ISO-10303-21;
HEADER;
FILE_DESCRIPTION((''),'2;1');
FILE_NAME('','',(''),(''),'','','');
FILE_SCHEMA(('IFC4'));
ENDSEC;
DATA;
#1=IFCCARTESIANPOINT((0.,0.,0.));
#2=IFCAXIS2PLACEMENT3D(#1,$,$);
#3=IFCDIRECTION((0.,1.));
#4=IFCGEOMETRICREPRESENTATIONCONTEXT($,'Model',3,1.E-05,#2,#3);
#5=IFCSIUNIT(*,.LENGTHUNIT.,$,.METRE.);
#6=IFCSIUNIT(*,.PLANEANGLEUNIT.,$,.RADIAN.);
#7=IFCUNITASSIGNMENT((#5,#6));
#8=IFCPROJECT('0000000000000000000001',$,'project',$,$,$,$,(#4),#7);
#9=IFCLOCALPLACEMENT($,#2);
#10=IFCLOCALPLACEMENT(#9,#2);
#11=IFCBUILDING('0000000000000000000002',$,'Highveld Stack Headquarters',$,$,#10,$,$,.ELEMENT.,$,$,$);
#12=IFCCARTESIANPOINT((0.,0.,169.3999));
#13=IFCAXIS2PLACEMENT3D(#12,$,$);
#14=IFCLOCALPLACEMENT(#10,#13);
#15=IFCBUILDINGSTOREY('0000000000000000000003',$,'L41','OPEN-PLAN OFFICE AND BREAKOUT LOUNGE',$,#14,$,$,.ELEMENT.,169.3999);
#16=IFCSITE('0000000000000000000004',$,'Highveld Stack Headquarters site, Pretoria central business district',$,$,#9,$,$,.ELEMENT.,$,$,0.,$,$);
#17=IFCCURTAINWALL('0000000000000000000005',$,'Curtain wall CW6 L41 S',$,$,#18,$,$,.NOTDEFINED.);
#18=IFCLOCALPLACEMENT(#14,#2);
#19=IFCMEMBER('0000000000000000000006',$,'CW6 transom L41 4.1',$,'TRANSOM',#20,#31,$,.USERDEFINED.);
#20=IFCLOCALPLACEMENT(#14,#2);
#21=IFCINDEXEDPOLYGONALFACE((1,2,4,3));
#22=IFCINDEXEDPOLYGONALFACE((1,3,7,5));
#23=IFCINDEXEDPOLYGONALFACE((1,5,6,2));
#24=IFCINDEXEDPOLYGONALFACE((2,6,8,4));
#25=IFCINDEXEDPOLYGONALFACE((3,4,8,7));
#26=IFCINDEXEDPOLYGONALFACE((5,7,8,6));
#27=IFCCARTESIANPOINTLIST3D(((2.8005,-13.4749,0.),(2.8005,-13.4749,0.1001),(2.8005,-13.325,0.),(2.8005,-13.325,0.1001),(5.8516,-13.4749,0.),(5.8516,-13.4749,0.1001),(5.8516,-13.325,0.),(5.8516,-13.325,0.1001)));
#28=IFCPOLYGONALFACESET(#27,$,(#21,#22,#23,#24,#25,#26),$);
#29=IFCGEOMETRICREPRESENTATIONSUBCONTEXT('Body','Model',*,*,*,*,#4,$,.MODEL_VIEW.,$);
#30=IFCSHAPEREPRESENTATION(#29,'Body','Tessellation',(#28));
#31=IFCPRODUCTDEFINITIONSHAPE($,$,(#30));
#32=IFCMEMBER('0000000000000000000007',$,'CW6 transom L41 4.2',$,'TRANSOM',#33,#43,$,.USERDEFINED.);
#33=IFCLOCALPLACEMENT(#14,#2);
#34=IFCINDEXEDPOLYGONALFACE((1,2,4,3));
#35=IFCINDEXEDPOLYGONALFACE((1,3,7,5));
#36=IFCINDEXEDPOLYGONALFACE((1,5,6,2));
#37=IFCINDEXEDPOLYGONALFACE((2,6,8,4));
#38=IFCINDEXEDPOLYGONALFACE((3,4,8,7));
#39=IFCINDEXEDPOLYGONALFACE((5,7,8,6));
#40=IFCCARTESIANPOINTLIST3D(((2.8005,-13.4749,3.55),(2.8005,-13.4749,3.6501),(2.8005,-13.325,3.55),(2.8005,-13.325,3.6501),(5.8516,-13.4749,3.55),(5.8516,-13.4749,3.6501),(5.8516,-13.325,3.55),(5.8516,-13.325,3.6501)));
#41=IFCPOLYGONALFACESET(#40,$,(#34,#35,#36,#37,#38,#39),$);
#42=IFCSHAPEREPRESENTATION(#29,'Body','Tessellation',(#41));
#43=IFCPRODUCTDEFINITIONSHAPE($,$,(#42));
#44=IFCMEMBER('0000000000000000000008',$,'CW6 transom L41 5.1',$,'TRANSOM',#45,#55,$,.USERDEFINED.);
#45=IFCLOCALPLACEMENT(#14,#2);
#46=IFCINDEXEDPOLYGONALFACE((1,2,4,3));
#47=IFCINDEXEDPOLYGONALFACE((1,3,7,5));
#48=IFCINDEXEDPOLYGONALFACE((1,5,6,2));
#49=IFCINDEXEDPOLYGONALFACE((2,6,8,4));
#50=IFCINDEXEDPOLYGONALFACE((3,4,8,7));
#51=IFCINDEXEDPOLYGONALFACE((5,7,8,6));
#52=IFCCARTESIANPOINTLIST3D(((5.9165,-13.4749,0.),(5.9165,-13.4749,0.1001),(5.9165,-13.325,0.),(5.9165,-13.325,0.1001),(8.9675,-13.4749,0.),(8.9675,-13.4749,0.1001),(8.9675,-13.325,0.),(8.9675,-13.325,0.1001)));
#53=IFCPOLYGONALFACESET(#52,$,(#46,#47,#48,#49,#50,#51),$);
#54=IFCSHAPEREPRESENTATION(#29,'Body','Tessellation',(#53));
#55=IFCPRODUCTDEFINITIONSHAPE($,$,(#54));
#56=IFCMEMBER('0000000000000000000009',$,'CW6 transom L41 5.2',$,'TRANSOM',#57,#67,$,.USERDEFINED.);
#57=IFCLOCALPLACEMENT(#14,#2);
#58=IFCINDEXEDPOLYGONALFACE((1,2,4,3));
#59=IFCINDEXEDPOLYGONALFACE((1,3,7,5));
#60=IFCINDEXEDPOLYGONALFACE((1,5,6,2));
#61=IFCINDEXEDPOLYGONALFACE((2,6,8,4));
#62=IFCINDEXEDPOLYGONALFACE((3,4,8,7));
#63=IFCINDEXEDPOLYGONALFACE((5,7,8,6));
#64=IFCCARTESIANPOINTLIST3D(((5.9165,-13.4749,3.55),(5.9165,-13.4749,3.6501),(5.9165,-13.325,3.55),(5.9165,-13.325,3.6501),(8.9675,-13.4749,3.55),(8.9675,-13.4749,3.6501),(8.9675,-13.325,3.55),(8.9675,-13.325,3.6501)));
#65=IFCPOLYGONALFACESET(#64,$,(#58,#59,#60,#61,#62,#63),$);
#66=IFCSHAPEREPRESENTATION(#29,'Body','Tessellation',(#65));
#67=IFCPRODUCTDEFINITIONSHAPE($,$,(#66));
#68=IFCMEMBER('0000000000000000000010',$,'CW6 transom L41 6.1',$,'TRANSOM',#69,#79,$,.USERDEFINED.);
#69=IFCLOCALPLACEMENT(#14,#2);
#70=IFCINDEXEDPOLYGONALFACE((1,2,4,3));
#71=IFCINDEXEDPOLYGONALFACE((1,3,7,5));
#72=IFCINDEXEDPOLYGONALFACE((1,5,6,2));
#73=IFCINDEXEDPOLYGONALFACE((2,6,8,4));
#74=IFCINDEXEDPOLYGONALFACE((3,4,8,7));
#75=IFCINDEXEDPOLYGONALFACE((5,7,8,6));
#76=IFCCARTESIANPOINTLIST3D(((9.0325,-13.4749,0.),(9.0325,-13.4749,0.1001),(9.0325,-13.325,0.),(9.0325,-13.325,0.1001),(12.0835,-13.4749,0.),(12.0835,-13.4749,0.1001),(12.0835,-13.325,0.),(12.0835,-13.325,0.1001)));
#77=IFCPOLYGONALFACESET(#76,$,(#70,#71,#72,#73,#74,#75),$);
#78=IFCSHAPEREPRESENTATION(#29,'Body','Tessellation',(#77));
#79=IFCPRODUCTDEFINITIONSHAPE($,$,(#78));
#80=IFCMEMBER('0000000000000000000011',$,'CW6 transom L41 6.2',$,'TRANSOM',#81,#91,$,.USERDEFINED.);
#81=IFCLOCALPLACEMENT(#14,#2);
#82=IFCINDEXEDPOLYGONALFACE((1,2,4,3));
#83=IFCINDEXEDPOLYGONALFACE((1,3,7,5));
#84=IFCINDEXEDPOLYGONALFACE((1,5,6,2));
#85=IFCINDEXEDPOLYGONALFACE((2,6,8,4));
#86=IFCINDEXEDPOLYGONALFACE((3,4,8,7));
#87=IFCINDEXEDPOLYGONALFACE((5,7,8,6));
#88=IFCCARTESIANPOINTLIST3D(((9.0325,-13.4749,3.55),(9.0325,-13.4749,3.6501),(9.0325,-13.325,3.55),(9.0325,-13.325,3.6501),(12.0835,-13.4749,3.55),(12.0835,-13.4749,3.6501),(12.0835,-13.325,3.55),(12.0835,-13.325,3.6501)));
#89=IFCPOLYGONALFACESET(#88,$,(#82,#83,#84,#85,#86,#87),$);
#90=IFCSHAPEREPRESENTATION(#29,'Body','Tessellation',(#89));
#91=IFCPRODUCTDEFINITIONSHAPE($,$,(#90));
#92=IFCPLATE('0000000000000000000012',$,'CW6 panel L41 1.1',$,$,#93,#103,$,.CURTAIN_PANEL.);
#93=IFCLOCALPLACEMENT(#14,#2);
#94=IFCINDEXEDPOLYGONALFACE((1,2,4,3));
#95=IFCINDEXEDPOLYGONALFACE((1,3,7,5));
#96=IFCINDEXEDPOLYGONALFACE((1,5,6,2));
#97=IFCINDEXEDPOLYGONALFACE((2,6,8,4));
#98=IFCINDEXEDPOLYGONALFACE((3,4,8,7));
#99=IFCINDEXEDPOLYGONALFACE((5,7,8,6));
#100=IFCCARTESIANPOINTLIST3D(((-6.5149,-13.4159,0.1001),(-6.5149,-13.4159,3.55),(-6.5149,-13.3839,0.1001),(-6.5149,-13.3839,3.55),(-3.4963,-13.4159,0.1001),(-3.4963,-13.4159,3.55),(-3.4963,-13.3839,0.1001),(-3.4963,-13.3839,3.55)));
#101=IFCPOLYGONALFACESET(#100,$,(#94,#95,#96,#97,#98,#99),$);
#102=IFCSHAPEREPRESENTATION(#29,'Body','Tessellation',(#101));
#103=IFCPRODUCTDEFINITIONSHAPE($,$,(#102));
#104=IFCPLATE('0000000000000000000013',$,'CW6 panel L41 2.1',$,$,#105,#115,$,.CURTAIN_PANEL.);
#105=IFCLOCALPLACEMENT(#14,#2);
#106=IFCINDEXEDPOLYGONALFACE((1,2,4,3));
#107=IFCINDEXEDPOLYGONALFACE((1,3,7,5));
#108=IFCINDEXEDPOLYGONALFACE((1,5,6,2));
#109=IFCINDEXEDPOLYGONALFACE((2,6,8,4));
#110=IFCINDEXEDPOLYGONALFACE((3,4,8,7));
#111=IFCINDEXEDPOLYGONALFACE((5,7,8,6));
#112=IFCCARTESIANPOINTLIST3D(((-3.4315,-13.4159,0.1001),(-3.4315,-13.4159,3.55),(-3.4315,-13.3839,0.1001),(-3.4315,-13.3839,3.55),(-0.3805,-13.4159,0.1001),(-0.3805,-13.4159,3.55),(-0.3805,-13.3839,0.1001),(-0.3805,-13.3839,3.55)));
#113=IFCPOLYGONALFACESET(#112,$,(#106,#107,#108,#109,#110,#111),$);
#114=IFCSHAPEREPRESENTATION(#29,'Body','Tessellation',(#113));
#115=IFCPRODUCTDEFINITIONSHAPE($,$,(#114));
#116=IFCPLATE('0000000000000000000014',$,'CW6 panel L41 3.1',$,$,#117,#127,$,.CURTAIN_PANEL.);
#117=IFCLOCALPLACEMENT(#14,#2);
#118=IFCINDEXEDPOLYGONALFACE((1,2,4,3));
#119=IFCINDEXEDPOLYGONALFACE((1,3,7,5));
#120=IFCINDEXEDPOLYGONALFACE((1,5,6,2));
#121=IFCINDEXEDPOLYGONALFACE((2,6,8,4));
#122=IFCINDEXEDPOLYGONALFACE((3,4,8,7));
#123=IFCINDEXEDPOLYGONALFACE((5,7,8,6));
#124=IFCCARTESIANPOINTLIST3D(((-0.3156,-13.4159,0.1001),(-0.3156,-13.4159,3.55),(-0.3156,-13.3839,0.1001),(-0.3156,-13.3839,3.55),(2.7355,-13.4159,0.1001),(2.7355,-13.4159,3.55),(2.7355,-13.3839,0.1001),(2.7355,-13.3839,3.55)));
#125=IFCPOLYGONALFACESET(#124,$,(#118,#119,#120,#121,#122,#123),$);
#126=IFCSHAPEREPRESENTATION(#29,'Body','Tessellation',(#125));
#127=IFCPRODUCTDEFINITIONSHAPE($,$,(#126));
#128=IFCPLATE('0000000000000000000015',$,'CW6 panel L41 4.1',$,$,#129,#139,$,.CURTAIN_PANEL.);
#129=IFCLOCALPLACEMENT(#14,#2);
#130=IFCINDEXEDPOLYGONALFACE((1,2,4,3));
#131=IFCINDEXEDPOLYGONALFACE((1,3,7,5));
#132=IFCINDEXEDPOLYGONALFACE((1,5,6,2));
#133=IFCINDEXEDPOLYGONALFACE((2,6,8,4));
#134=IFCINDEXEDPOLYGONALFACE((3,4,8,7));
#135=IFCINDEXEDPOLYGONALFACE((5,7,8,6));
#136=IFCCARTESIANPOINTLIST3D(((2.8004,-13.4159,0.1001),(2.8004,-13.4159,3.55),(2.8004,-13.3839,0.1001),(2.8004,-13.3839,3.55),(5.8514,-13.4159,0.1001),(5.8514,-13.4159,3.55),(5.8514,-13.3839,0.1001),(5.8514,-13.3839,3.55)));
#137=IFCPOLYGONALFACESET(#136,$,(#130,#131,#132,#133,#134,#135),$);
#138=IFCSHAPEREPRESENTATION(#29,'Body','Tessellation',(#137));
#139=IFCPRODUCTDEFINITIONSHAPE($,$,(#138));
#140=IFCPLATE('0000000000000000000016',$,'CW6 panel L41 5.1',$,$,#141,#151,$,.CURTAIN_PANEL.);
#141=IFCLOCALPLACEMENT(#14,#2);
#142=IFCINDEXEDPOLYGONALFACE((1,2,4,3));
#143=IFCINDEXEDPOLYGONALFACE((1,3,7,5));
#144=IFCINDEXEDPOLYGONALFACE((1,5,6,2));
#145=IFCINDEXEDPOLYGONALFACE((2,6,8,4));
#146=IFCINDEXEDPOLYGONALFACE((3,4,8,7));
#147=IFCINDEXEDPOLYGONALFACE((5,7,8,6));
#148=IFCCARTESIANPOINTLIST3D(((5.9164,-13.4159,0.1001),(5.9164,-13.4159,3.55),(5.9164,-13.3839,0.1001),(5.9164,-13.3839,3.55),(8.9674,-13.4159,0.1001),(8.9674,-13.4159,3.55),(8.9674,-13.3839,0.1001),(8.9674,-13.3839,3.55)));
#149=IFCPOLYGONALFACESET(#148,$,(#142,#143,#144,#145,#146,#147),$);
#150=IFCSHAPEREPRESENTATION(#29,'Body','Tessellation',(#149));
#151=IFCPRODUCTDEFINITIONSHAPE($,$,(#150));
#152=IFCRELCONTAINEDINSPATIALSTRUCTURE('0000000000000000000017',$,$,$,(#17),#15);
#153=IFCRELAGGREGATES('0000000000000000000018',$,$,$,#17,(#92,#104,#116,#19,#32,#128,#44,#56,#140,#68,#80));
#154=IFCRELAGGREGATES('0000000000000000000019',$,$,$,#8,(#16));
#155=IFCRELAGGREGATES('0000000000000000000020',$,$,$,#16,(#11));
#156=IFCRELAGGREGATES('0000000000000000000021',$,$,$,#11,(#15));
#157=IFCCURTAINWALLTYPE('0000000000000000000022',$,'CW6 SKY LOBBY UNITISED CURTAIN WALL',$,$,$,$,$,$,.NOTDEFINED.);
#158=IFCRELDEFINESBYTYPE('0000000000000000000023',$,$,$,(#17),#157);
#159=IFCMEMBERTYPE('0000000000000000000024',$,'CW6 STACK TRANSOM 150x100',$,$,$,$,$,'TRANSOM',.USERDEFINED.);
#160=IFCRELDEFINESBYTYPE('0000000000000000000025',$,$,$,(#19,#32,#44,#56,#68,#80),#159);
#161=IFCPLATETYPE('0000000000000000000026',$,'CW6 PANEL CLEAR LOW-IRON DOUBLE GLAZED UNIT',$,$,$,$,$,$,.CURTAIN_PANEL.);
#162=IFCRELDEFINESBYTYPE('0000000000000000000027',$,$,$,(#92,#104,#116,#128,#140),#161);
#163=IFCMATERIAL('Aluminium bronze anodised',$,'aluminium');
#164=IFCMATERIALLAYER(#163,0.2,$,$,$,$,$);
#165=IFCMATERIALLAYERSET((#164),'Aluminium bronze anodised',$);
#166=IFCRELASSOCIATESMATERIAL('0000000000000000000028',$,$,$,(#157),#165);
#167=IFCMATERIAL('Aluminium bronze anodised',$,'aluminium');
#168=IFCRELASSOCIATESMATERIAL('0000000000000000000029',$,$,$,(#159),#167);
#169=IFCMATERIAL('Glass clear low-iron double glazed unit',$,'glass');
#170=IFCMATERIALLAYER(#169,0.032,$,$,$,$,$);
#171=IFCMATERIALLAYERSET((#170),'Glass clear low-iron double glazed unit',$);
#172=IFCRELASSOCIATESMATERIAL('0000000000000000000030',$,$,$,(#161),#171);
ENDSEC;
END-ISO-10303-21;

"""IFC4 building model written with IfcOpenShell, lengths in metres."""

from ifc_helpers import new_model, si_unit, direction, frame, origin, origin_2d, place, context, subcontext, project, spatial, rectangle, extrude, material, layer, layer_set, material_profile, profile_set, type_object, element, aggregate, save


model = new_model("IFC4")

# Units and contexts
model_context = context("Model", 3, precision=1e-05, world=origin(), true_north=direction((0.0, 1.0)))
body_context = subcontext(model_context, "Body", "Model", "MODEL_VIEW")
ifc_project = project(units=[si_unit("LENGTHUNIT", "METRE"), si_unit("PLANEANGLEUNIT", "RADIAN")], contexts=[model_context])

# Site, building, storey
site_placement = place(None, origin())
site = spatial("IfcSite", under=ifc_project, at=site_placement, Name="Highveld Stack Headquarters site, Pretoria central business district", CompositionType="ELEMENT", RefElevation=0.0)
building_placement = place(site_placement, origin())
building = spatial("IfcBuilding", under=site, at=building_placement, Name="Highveld Stack Headquarters", CompositionType="ELEMENT")
storey_placement = place(building_placement, frame((0.0, 0.0, 169.3999)))
storey = spatial("IfcBuildingStorey", under=building, at=storey_placement, Name="L41", Description="OPEN-PLAN OFFICE AND BREAKOUT LOUNGE", CompositionType="ELEMENT", Elevation=169.3999)

# Curtain wall, members, plates
ifc_material_1 = material(Name="Aluminium bronze anodised", Category="aluminium")
ifc_layer_1 = layer(ifc_material_1, 0.2)
ifc_layer_set_1 = layer_set([ifc_layer_1], Name="Aluminium bronze anodised")
curtain_wall_type = type_object("IfcCurtainWallType", Name="CW6 SKY LOBBY UNITISED CURTAIN WALL", PredefinedType="NOTDEFINED", material=ifc_layer_set_1)
curtain_wall_placement = place(storey_placement, origin())
curtain_wall = element("IfcCurtainWall", 1, at=curtain_wall_placement, inside=storey, type_object=curtain_wall_type, Name="Curtain wall CW6 L41 S", PredefinedType="NOTDEFINED")
ifc_material_2 = material(Name="Aluminium bronze anodised", Category="aluminium")
ifc_material_profile_1 = material_profile(ifc_material_2, rectangle(XDim=0.1499, YDim=0.1001, at=origin_2d()), Name="CW6 TRANSOM 150x100")
ifc_profile_set_1 = profile_set([ifc_material_profile_1], Name="Aluminium bronze anodised")
member_type_1 = type_object("IfcMemberType", Name="CW6 STACK TRANSOM 150x100", ElementType="TRANSOM", PredefinedType="USERDEFINED", material=ifc_profile_set_1)
member_1_placement = place(storey_placement, frame((2.8005, -13.3999, 0.05), z_axis=(1.0, 0.0, 0.0), x_axis=(0.0, 1.0, 0.0)))
member_1 = element("IfcMember", 2, at=member_1_placement, type_object=member_type_1, Name="CW6 transom L41 4.1", ObjectType="TRANSOM", PredefinedType="USERDEFINED", context=body_context, shape_type="SweptSolid", body=[
    extrude(rectangle(XDim=0.1499, YDim=0.1001, at=origin_2d()), origin(), (0.0, 0.0, 1.0), 3.051),
])
member_2_placement = place(storey_placement, frame((2.8005, -13.3999, 3.6001), z_axis=(1.0, 0.0, 0.0), x_axis=(0.0, 1.0, 0.0)))
member_2 = element("IfcMember", 3, at=member_2_placement, type_object=member_type_1, Name="CW6 transom L41 4.2", ObjectType="TRANSOM", PredefinedType="USERDEFINED", context=body_context, shape_type="SweptSolid", body=[
    extrude(rectangle(XDim=0.1499, YDim=0.1001, at=origin_2d()), origin(), (0.0, 0.0, 1.0), 3.051),
])
member_3_placement = place(storey_placement, frame((5.9165, -13.3999, 0.05), z_axis=(1.0, 0.0, 0.0), x_axis=(0.0, 1.0, 0.0)))
member_3 = element("IfcMember", 4, at=member_3_placement, type_object=member_type_1, Name="CW6 transom L41 5.1", ObjectType="TRANSOM", PredefinedType="USERDEFINED", context=body_context, shape_type="SweptSolid", body=[
    extrude(rectangle(XDim=0.1499, YDim=0.1001, at=origin_2d()), origin(), (0.0, 0.0, 1.0), 3.051),
])
member_4_placement = place(storey_placement, frame((5.9165, -13.3999, 3.6001), z_axis=(1.0, 0.0, 0.0), x_axis=(0.0, 1.0, 0.0)))
member_4 = element("IfcMember", 5, at=member_4_placement, type_object=member_type_1, Name="CW6 transom L41 5.2", ObjectType="TRANSOM", PredefinedType="USERDEFINED", context=body_context, shape_type="SweptSolid", body=[
    extrude(rectangle(XDim=0.1499, YDim=0.1001, at=origin_2d()), origin(), (0.0, 0.0, 1.0), 3.051),
])
member_5_placement = place(storey_placement, frame((9.0325, -13.3999, 0.05), z_axis=(1.0, 0.0, 0.0), x_axis=(0.0, 1.0, 0.0)))
member_5 = element("IfcMember", 6, at=member_5_placement, type_object=member_type_1, Name="CW6 transom L41 6.1", ObjectType="TRANSOM", PredefinedType="USERDEFINED", context=body_context, shape_type="SweptSolid", body=[
    extrude(rectangle(XDim=0.1499, YDim=0.1001, at=origin_2d()), origin(), (0.0, 0.0, 1.0), 3.051),
])
member_6_placement = place(storey_placement, frame((9.0325, -13.3999, 3.6001), z_axis=(1.0, 0.0, 0.0), x_axis=(0.0, 1.0, 0.0)))
member_6 = element("IfcMember", 7, at=member_6_placement, type_object=member_type_1, Name="CW6 transom L41 6.2", ObjectType="TRANSOM", PredefinedType="USERDEFINED", context=body_context, shape_type="SweptSolid", body=[
    extrude(rectangle(XDim=0.1499, YDim=0.1001, at=origin_2d()), origin(), (0.0, 0.0, 1.0), 3.051),
])
ifc_material_3 = material(Name="Glass clear low-iron double glazed unit", Category="glass")
ifc_layer_2 = layer(ifc_material_3, 0.032)
ifc_layer_set_2 = layer_set([ifc_layer_2], Name="Glass clear low-iron double glazed unit")
plate_type = type_object("IfcPlateType", Name="CW6 PANEL CLEAR LOW-IRON DOUBLE GLAZED UNIT", PredefinedType="CURTAIN_PANEL", material=ifc_layer_set_2)
plate_1_placement = place(storey_placement, frame((-5.0056, -13.3999, 0.1001), z_axis=(0.0, 0.0, 1.0), x_axis=(1.0, 0.0, 0.0)))
plate_1 = element("IfcPlate", 8, at=plate_1_placement, type_object=plate_type, Name="CW6 panel L41 1.1", PredefinedType="CURTAIN_PANEL", context=body_context, shape_type="SweptSolid", body=[
    extrude(rectangle(XDim=3.0186, YDim=0.032, at=origin_2d()), origin(), (0.0, 0.0, 1.0), 3.45),
])
plate_2_placement = place(storey_placement, frame((-1.906, -13.3999, 0.1001), z_axis=(0.0, 0.0, 1.0), x_axis=(1.0, 0.0, 0.0)))
plate_2 = element("IfcPlate", 9, at=plate_2_placement, type_object=plate_type, Name="CW6 panel L41 2.1", PredefinedType="CURTAIN_PANEL", context=body_context, shape_type="SweptSolid", body=[
    extrude(rectangle(XDim=3.051, YDim=0.032, at=origin_2d()), origin(), (0.0, 0.0, 1.0), 3.45),
])
plate_3_placement = place(storey_placement, frame((1.21, -13.3999, 0.1001), z_axis=(0.0, 0.0, 1.0), x_axis=(1.0, 0.0, 0.0)))
plate_3 = element("IfcPlate", 10, at=plate_3_placement, type_object=plate_type, Name="CW6 panel L41 3.1", PredefinedType="CURTAIN_PANEL", context=body_context, shape_type="SweptSolid", body=[
    extrude(rectangle(XDim=3.051, YDim=0.032, at=origin_2d()), origin(), (0.0, 0.0, 1.0), 3.45),
])
plate_4_placement = place(storey_placement, frame((4.3259, -13.3999, 0.1001), z_axis=(0.0, 0.0, 1.0), x_axis=(1.0, 0.0, 0.0)))
plate_4 = element("IfcPlate", 11, at=plate_4_placement, type_object=plate_type, Name="CW6 panel L41 4.1", PredefinedType="CURTAIN_PANEL", context=body_context, shape_type="SweptSolid", body=[
    extrude(rectangle(XDim=3.051, YDim=0.032, at=origin_2d()), origin(), (0.0, 0.0, 1.0), 3.45),
])
plate_5_placement = place(storey_placement, frame((7.4419, -13.3999, 0.1001), z_axis=(0.0, 0.0, 1.0), x_axis=(1.0, 0.0, 0.0)))
plate_5 = element("IfcPlate", 12, at=plate_5_placement, type_object=plate_type, Name="CW6 panel L41 5.1", PredefinedType="CURTAIN_PANEL", context=body_context, shape_type="SweptSolid", body=[
    extrude(rectangle(XDim=3.051, YDim=0.032, at=origin_2d()), origin(), (0.0, 0.0, 1.0), 3.45),
])
aggregate(curtain_wall, [plate_1, plate_2, plate_3, member_1, member_2, plate_4, member_3, member_4, plate_5, member_5, member_6])

save(model, "model.ifc")
